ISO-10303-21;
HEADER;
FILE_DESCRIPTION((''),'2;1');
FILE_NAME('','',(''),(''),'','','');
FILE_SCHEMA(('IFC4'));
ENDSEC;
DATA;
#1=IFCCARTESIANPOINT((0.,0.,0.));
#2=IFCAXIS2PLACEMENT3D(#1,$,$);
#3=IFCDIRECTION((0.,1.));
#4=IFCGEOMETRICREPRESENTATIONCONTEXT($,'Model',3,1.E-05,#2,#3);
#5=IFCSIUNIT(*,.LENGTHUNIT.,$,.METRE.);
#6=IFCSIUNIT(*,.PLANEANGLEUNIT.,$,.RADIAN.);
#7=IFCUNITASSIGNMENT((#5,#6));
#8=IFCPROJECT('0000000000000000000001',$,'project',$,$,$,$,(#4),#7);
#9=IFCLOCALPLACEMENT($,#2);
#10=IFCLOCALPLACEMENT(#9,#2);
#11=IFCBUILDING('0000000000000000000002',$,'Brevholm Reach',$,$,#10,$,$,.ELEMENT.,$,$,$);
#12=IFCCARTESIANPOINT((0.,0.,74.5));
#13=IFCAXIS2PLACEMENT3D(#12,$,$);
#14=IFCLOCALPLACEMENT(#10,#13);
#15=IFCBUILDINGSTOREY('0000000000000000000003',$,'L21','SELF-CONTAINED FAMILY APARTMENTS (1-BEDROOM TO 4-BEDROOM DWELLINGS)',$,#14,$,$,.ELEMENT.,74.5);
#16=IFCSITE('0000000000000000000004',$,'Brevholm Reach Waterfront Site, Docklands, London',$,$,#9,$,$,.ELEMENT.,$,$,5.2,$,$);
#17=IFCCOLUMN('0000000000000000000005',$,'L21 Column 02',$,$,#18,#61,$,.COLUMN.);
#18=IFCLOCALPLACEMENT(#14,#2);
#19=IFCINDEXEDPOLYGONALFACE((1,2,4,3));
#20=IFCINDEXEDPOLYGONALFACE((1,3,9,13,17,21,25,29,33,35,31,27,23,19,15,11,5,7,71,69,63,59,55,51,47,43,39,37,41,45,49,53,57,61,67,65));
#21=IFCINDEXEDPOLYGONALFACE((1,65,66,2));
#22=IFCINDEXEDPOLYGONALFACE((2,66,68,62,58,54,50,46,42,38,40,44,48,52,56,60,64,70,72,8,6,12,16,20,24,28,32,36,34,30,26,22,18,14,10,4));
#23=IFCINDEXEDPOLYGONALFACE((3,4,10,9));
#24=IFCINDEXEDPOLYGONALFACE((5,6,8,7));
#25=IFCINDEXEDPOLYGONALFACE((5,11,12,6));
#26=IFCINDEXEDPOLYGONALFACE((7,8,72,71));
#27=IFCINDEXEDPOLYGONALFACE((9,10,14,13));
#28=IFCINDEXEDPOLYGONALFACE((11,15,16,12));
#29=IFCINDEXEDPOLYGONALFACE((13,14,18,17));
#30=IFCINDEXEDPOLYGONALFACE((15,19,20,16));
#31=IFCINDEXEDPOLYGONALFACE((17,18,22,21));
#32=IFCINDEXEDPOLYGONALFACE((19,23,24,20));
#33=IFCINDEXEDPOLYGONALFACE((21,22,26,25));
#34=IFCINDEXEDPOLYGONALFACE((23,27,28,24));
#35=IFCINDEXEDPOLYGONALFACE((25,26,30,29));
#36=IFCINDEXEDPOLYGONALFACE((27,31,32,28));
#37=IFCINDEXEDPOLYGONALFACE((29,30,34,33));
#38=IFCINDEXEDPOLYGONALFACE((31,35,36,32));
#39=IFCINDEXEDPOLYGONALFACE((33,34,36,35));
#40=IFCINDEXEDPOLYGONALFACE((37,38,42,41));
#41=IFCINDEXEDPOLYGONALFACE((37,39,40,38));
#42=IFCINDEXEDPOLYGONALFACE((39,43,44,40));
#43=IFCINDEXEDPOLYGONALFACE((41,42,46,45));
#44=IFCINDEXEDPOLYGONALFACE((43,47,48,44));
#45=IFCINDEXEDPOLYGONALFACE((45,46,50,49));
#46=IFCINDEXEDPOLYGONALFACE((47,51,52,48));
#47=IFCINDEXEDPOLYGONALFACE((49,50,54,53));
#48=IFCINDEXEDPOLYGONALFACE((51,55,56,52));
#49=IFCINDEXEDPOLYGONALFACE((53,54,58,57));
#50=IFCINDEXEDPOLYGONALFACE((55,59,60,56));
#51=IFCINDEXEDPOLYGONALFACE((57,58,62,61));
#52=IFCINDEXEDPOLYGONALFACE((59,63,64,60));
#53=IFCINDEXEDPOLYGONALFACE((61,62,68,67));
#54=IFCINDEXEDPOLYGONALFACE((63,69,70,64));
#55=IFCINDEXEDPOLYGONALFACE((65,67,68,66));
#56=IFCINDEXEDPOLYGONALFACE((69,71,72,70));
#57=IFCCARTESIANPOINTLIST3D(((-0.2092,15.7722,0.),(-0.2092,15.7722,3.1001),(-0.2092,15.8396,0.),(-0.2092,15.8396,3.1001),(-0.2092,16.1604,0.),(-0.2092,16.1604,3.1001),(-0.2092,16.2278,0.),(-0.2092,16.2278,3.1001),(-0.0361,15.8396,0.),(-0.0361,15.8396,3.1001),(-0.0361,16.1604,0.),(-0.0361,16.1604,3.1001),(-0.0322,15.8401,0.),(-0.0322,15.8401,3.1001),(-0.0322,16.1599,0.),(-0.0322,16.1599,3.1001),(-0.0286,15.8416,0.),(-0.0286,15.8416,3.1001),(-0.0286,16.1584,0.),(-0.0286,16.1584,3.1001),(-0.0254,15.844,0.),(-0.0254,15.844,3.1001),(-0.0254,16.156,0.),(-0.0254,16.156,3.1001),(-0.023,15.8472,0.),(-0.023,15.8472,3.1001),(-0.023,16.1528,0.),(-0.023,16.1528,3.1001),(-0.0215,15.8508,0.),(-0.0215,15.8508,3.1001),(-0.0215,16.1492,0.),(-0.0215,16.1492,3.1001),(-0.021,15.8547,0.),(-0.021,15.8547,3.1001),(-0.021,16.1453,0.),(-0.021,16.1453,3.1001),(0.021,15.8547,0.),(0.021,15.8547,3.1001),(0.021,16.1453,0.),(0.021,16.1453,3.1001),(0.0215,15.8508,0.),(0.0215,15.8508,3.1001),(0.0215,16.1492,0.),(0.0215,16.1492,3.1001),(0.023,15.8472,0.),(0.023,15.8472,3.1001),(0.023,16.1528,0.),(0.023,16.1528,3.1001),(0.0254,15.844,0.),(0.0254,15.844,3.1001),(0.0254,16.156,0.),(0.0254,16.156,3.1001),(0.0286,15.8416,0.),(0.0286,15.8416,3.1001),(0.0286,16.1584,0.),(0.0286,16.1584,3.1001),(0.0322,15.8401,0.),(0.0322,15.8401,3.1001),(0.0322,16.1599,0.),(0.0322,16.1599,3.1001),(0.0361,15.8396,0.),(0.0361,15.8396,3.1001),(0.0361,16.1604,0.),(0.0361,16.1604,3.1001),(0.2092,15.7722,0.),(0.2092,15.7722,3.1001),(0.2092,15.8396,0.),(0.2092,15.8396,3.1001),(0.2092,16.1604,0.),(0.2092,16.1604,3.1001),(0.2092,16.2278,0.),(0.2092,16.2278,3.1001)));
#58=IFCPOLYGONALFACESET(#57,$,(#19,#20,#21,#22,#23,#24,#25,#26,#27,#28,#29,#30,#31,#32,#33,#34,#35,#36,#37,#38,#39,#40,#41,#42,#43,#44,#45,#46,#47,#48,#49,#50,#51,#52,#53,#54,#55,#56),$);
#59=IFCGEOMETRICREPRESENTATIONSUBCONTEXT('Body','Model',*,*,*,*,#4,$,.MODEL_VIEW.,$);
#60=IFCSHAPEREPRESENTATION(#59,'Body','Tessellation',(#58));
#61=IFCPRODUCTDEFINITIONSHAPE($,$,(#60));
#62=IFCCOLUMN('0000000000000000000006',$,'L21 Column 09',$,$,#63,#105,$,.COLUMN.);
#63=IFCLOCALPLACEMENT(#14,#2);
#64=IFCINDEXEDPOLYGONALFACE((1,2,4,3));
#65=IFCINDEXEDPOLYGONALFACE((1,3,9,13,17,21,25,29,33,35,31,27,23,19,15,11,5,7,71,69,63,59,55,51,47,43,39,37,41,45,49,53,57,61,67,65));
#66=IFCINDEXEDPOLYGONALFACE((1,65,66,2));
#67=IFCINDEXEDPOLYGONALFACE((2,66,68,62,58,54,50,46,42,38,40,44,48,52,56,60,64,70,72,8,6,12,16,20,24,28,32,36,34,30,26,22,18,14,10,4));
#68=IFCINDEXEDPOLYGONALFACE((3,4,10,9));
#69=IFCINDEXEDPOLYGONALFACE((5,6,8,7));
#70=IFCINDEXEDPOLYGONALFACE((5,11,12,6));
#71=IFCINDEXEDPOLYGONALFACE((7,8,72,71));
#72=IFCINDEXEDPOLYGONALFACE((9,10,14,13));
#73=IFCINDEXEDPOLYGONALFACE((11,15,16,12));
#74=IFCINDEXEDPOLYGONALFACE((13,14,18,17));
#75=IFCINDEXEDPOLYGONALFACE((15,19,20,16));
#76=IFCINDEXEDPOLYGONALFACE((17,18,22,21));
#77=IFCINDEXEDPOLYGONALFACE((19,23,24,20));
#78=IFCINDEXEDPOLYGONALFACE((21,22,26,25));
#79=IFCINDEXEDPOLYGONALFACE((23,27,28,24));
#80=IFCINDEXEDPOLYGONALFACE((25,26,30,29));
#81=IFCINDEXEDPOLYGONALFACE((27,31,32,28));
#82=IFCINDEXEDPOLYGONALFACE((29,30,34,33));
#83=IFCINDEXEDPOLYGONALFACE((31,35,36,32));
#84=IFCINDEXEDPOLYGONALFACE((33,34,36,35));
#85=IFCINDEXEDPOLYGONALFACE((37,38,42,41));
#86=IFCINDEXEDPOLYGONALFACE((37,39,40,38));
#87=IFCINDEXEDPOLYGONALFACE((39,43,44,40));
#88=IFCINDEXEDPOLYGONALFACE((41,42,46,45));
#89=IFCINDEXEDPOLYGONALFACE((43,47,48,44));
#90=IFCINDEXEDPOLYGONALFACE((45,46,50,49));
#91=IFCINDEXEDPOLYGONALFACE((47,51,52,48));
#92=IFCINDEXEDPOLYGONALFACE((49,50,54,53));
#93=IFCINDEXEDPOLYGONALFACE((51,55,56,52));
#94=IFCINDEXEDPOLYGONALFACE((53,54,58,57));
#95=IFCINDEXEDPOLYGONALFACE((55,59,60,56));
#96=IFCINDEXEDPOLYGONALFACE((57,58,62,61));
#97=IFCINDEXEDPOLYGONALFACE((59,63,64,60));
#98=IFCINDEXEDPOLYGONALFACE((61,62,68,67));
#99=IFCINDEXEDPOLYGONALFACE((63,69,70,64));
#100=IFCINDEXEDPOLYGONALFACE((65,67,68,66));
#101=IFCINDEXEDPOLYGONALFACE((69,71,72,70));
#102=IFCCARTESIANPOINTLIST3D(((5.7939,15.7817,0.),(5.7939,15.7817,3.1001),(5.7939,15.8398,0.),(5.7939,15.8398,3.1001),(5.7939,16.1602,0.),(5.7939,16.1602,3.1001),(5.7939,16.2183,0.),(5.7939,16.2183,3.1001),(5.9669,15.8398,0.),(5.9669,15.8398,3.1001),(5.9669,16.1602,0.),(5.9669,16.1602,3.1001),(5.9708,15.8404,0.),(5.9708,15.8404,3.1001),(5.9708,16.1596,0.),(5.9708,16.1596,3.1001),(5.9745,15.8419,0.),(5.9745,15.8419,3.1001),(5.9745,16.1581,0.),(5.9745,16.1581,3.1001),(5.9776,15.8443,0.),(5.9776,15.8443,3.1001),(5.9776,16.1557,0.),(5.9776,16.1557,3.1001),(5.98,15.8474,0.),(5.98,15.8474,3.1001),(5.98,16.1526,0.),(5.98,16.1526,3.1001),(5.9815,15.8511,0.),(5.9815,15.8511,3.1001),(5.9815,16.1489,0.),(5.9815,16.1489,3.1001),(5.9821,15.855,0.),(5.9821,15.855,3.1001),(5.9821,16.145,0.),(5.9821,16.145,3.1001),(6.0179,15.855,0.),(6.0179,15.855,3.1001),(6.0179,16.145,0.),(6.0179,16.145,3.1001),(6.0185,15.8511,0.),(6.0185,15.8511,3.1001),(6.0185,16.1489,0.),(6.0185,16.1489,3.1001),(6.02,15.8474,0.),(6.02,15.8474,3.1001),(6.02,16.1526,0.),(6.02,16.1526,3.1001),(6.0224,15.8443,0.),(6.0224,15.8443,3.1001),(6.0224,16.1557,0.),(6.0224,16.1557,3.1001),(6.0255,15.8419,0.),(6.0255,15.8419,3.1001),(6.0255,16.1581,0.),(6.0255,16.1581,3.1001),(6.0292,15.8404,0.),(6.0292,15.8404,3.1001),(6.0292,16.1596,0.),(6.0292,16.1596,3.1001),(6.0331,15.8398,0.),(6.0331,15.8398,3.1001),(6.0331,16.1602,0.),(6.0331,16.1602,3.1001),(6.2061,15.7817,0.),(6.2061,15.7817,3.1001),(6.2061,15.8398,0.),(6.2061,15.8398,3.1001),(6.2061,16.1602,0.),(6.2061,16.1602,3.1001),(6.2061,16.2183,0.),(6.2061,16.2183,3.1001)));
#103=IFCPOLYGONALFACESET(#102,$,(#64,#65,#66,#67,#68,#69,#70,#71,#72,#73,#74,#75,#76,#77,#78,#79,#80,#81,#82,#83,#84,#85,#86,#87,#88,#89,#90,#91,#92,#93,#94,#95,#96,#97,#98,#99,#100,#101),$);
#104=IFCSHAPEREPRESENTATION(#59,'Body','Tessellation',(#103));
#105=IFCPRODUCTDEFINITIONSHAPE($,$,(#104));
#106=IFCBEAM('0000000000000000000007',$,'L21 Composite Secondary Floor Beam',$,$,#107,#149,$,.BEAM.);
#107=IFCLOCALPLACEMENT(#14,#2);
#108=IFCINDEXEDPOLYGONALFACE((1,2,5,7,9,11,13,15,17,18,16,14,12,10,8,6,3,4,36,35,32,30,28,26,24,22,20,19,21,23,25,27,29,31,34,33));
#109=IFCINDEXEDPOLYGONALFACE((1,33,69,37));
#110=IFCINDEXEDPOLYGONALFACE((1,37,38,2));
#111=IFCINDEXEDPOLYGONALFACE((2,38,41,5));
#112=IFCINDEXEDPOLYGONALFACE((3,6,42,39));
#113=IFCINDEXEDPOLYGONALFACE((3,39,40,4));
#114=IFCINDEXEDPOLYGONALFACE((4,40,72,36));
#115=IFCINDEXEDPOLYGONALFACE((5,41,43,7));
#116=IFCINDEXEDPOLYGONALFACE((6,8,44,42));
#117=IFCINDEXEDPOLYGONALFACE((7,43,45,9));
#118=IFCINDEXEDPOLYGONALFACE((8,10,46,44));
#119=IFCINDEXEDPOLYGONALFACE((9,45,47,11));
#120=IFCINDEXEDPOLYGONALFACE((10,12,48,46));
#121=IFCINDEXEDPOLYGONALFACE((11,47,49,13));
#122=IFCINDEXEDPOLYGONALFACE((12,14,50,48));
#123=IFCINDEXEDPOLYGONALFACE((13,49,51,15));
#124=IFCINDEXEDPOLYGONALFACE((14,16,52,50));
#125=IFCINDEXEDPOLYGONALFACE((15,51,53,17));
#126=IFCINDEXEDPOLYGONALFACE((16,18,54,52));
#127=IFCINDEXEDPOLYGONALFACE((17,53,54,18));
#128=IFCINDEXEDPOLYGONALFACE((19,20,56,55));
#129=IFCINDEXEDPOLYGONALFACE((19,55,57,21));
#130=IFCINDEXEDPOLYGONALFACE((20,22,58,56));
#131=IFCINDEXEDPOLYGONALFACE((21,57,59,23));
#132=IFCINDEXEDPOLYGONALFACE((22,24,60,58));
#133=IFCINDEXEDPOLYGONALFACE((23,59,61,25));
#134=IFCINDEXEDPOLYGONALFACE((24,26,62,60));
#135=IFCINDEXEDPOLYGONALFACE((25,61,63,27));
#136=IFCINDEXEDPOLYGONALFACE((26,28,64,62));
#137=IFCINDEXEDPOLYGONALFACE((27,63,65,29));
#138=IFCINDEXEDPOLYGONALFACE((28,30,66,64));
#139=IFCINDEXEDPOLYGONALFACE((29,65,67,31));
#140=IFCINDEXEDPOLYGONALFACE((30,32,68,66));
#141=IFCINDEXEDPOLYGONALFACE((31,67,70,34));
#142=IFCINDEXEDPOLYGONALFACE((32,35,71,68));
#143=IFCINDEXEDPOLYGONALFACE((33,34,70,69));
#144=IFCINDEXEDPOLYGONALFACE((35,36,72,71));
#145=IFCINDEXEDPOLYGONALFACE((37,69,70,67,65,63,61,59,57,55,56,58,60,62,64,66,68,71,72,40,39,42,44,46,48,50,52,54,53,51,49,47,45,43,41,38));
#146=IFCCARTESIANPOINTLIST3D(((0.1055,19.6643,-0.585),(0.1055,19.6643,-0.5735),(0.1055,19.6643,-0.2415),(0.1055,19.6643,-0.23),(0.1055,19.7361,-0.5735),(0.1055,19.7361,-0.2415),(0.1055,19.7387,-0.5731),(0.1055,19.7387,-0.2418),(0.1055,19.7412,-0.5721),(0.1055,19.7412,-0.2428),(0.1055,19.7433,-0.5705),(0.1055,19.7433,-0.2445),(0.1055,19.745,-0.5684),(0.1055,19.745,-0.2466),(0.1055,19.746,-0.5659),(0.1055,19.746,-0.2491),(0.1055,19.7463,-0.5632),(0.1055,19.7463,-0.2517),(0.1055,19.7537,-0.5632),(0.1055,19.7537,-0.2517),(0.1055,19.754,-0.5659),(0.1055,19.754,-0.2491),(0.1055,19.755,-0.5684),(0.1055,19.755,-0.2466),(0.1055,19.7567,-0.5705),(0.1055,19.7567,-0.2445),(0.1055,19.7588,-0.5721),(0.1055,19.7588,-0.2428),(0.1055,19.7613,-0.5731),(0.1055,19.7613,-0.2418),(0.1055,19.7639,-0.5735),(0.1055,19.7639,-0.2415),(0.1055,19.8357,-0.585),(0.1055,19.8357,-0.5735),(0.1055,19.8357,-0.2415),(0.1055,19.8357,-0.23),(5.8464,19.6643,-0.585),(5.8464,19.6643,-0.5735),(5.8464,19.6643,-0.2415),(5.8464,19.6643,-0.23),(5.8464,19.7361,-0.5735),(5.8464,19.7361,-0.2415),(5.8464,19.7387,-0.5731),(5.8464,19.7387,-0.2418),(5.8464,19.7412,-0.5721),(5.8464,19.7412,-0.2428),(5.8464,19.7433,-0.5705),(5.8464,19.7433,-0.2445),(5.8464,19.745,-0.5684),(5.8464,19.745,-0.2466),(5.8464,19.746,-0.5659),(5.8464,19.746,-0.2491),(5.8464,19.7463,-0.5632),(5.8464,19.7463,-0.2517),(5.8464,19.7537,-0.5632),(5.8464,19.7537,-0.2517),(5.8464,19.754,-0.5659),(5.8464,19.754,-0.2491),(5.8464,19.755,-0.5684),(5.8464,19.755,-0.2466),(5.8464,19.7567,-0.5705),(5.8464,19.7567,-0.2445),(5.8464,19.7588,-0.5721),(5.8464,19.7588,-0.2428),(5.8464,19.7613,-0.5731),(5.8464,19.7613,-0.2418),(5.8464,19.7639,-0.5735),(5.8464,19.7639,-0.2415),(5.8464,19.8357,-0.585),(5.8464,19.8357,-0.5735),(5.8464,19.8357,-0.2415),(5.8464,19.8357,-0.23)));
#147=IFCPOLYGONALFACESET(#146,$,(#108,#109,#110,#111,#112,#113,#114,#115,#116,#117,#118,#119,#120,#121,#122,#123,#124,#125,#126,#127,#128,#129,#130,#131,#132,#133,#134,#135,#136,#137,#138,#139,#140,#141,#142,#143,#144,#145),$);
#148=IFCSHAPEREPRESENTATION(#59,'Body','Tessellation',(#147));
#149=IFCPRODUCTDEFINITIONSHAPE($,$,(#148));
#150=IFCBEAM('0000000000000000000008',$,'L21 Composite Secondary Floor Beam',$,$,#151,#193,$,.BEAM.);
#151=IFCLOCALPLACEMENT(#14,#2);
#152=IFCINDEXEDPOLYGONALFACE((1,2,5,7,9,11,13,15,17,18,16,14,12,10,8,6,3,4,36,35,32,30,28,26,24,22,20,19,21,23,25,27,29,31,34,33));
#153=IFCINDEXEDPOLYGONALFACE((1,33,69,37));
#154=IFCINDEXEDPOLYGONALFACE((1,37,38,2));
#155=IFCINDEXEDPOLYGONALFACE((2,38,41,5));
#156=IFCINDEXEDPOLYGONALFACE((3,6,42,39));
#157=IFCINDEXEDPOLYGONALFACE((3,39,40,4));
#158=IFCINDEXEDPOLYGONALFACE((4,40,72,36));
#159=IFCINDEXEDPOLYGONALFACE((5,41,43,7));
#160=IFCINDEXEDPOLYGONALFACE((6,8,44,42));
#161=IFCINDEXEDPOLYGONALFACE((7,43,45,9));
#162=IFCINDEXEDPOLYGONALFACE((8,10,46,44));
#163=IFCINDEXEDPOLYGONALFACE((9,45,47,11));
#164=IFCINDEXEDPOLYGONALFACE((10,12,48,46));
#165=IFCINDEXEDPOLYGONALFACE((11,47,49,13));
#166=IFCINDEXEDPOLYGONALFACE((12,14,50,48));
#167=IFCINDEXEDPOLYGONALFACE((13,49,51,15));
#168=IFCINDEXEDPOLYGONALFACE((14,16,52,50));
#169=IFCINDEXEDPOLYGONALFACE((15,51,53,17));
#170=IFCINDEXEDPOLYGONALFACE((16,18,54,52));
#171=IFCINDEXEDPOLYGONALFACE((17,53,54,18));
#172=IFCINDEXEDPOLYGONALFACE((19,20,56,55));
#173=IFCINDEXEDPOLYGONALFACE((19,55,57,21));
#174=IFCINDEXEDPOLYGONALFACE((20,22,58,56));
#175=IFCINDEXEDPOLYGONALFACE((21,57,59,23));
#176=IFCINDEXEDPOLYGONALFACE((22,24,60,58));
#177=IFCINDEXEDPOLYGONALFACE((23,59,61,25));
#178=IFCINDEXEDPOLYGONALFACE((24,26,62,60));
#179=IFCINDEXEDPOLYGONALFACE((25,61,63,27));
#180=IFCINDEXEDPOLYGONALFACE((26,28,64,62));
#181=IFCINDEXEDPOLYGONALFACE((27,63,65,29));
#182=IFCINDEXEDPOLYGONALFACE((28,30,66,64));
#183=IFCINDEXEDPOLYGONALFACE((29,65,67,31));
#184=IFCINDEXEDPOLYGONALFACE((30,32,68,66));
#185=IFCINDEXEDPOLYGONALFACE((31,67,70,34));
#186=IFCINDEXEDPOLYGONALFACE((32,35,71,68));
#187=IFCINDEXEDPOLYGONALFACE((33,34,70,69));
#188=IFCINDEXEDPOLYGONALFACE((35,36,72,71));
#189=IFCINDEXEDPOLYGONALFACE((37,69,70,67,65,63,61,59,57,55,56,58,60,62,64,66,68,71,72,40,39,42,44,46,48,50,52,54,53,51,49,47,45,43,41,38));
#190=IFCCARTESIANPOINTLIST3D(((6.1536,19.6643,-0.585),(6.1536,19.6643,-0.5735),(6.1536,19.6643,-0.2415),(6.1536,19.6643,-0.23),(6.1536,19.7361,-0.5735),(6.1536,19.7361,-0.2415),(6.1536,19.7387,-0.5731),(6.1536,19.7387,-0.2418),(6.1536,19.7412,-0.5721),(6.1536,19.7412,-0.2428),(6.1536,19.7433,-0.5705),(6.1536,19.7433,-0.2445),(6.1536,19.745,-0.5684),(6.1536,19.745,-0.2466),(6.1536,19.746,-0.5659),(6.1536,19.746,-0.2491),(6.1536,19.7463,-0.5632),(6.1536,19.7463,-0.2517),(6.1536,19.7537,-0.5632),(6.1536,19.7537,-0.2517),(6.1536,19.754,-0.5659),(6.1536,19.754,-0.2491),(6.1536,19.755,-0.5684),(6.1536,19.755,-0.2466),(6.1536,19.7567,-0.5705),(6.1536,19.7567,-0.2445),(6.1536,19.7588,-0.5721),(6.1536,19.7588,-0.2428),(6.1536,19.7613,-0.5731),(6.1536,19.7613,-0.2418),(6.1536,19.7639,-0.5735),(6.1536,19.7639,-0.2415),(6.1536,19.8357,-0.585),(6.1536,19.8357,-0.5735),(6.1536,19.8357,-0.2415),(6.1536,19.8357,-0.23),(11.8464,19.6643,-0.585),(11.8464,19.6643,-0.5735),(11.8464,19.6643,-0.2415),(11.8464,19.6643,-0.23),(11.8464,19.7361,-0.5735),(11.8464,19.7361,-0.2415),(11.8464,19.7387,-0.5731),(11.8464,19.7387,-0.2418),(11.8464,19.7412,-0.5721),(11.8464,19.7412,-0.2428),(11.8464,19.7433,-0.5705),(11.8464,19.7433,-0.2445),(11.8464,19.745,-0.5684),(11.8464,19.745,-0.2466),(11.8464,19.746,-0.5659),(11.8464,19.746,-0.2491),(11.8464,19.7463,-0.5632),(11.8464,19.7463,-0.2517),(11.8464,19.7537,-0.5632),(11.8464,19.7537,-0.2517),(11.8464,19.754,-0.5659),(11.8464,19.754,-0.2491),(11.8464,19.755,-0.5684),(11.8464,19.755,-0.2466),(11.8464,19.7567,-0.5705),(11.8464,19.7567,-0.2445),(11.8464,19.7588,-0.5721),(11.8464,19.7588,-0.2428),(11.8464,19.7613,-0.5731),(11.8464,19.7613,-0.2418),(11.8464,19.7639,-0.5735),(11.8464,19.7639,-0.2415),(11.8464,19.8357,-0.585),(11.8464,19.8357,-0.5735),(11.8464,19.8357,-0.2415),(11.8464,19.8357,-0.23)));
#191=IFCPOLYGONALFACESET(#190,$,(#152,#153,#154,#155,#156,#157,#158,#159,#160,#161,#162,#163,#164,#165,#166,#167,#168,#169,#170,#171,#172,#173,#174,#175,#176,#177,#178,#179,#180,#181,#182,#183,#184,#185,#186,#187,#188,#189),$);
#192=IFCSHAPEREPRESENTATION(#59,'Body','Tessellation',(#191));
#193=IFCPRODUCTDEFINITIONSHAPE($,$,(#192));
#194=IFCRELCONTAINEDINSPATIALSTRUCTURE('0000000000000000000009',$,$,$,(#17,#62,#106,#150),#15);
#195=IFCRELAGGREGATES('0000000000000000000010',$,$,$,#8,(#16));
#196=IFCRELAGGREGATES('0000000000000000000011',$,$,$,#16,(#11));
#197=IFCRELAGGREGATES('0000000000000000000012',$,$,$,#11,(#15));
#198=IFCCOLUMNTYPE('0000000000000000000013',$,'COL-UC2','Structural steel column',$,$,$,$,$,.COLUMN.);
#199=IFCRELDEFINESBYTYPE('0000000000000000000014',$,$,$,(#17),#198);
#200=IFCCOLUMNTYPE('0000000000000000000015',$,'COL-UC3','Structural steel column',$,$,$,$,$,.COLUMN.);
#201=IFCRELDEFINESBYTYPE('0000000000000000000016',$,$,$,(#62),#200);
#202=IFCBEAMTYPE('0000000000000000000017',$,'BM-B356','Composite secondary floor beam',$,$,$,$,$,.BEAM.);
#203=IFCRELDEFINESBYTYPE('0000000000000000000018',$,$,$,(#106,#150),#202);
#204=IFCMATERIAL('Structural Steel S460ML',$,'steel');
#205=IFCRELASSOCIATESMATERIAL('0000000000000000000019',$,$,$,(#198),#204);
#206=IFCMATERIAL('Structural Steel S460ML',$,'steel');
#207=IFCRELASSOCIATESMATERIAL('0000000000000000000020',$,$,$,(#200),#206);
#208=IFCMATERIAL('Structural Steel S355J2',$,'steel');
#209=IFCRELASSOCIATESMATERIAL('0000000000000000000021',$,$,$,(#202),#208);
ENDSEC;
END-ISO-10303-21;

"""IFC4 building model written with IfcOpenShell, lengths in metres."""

from ifc_helpers import new_model, si_unit, direction, frame, origin, origin_2d, place, context, subcontext, project, spatial, i_section, extrude, material, material_profile, profile_set, type_object, element, save


model = new_model("IFC4")

# Units and contexts
model_context = context("Model", 3, precision=1e-05, world=origin(), true_north=direction((0.0, 1.0)))
body_context = subcontext(model_context, "Body", "Model", "MODEL_VIEW")
ifc_project = project(units=[si_unit("LENGTHUNIT", "METRE"), si_unit("PLANEANGLEUNIT", "RADIAN")], contexts=[model_context])

# Site, building, storey
site_placement = place(None, origin())
site = spatial("IfcSite", under=ifc_project, at=site_placement, Name="Brevholm Reach Waterfront Site, Docklands, London", CompositionType="ELEMENT", RefElevation=5.2)
building_placement = place(site_placement, origin())
building = spatial("IfcBuilding", under=site, at=building_placement, Name="Brevholm Reach", CompositionType="ELEMENT")
storey_placement = place(building_placement, frame((0.0, 0.0, 74.5)))
storey = spatial("IfcBuildingStorey", under=building, at=storey_placement, Name="L21", Description="SELF-CONTAINED FAMILY APARTMENTS (1-BEDROOM TO 4-BEDROOM DWELLINGS)", CompositionType="ELEMENT", Elevation=74.5)

# Columns
ifc_material_1 = material(Name="Structural Steel S460ML", Category="steel")
ifc_material_profile_1 = material_profile(ifc_material_1, i_section(OverallWidth=0.4185, OverallDepth=0.4556, WebThickness=0.042, FlangeThickness=0.0674, FilletRadius=0.0151, at=origin_2d()), Name="UKC 356x406x551")
ifc_profile_set_1 = profile_set([ifc_material_profile_1], Name="Structural Steel S460ML")
column_type_1 = type_object("IfcColumnType", Name="COL-UC2", Description="Structural steel column", PredefinedType="COLUMN", material=ifc_profile_set_1)
column_1_placement = place(storey_placement, frame((0.0, 16.0, 0.0), z_axis=(0.0, 0.0, 1.0), x_axis=(1.0, 0.0, 0.0)))
element("IfcColumn", 1, at=column_1_placement, inside=storey, type_object=column_type_1, Name="L21 Column 02", PredefinedType="COLUMN", context=body_context, shape_type="SweptSolid", body=[
    extrude(i_section(OverallWidth=0.4185, OverallDepth=0.4556, WebThickness=0.042, FlangeThickness=0.0674, FilletRadius=0.0151, at=origin_2d()), origin(), (0.0, 0.0, 1.0), 3.1001),
])
ifc_material_2 = material(Name="Structural Steel S460ML", Category="steel")
ifc_material_profile_2 = material_profile(ifc_material_2, i_section(OverallWidth=0.4121, OverallDepth=0.4365, WebThickness=0.0359, FlangeThickness=0.0581, FilletRadius=0.0151, at=origin_2d()), Name="UKC 356x406x467")
ifc_profile_set_2 = profile_set([ifc_material_profile_2], Name="Structural Steel S460ML")
column_type_2 = type_object("IfcColumnType", Name="COL-UC3", Description="Structural steel column", PredefinedType="COLUMN", material=ifc_profile_set_2)
column_2_placement = place(storey_placement, frame((6.0, 16.0, 0.0), z_axis=(0.0, 0.0, 1.0), x_axis=(1.0, 0.0, 0.0)))
element("IfcColumn", 2, at=column_2_placement, inside=storey, type_object=column_type_2, Name="L21 Column 09", PredefinedType="COLUMN", context=body_context, shape_type="SweptSolid", body=[
    extrude(i_section(OverallWidth=0.4121, OverallDepth=0.4365, WebThickness=0.0359, FlangeThickness=0.0581, FilletRadius=0.0151, at=origin_2d()), origin(), (0.0, 0.0, 1.0), 3.1001),
])

# Beams
ifc_material_3 = material(Name="Structural Steel S355J2", Category="steel")
ifc_material_profile_3 = material_profile(ifc_material_3, i_section(OverallWidth=0.1714, OverallDepth=0.355, WebThickness=0.0073, FlangeThickness=0.0115, FilletRadius=0.0103, at=origin_2d()), Name="UKB 356x171x51")
ifc_profile_set_3 = profile_set([ifc_material_profile_3], Name="Structural Steel S355J2")
beam_type_1 = type_object("IfcBeamType", Name="BM-B356", Description="Composite secondary floor beam", PredefinedType="BEAM", material=ifc_profile_set_3)
beam_1_placement = place(storey_placement, frame((0.1055, 19.75, -0.4075), z_axis=(1.0, 0.0, 0.0), x_axis=(0.0, 1.0, 0.0)))
element("IfcBeam", 3, at=beam_1_placement, inside=storey, type_object=beam_type_1, Name="L21 Composite Secondary Floor Beam", PredefinedType="BEAM", context=body_context, shape_type="SweptSolid", body=[
    extrude(i_section(OverallWidth=0.1714, OverallDepth=0.355, WebThickness=0.0073, FlangeThickness=0.0115, FilletRadius=0.0103, at=origin_2d()), origin(), (0.0, 0.0, 1.0), 5.741),
])
beam_2_placement = place(storey_placement, frame((6.1536, 19.75, -0.4075), z_axis=(1.0, 0.0, 0.0), x_axis=(0.0, 1.0, 0.0)))
element("IfcBeam", 4, at=beam_2_placement, inside=storey, type_object=beam_type_1, Name="L21 Composite Secondary Floor Beam", PredefinedType="BEAM", context=body_context, shape_type="SweptSolid", body=[
    extrude(i_section(OverallWidth=0.1714, OverallDepth=0.355, WebThickness=0.0073, FlangeThickness=0.0115, FilletRadius=0.0103, at=origin_2d()), origin(), (0.0, 0.0, 1.0), 5.6929),
])

save(model, "model.ifc")
